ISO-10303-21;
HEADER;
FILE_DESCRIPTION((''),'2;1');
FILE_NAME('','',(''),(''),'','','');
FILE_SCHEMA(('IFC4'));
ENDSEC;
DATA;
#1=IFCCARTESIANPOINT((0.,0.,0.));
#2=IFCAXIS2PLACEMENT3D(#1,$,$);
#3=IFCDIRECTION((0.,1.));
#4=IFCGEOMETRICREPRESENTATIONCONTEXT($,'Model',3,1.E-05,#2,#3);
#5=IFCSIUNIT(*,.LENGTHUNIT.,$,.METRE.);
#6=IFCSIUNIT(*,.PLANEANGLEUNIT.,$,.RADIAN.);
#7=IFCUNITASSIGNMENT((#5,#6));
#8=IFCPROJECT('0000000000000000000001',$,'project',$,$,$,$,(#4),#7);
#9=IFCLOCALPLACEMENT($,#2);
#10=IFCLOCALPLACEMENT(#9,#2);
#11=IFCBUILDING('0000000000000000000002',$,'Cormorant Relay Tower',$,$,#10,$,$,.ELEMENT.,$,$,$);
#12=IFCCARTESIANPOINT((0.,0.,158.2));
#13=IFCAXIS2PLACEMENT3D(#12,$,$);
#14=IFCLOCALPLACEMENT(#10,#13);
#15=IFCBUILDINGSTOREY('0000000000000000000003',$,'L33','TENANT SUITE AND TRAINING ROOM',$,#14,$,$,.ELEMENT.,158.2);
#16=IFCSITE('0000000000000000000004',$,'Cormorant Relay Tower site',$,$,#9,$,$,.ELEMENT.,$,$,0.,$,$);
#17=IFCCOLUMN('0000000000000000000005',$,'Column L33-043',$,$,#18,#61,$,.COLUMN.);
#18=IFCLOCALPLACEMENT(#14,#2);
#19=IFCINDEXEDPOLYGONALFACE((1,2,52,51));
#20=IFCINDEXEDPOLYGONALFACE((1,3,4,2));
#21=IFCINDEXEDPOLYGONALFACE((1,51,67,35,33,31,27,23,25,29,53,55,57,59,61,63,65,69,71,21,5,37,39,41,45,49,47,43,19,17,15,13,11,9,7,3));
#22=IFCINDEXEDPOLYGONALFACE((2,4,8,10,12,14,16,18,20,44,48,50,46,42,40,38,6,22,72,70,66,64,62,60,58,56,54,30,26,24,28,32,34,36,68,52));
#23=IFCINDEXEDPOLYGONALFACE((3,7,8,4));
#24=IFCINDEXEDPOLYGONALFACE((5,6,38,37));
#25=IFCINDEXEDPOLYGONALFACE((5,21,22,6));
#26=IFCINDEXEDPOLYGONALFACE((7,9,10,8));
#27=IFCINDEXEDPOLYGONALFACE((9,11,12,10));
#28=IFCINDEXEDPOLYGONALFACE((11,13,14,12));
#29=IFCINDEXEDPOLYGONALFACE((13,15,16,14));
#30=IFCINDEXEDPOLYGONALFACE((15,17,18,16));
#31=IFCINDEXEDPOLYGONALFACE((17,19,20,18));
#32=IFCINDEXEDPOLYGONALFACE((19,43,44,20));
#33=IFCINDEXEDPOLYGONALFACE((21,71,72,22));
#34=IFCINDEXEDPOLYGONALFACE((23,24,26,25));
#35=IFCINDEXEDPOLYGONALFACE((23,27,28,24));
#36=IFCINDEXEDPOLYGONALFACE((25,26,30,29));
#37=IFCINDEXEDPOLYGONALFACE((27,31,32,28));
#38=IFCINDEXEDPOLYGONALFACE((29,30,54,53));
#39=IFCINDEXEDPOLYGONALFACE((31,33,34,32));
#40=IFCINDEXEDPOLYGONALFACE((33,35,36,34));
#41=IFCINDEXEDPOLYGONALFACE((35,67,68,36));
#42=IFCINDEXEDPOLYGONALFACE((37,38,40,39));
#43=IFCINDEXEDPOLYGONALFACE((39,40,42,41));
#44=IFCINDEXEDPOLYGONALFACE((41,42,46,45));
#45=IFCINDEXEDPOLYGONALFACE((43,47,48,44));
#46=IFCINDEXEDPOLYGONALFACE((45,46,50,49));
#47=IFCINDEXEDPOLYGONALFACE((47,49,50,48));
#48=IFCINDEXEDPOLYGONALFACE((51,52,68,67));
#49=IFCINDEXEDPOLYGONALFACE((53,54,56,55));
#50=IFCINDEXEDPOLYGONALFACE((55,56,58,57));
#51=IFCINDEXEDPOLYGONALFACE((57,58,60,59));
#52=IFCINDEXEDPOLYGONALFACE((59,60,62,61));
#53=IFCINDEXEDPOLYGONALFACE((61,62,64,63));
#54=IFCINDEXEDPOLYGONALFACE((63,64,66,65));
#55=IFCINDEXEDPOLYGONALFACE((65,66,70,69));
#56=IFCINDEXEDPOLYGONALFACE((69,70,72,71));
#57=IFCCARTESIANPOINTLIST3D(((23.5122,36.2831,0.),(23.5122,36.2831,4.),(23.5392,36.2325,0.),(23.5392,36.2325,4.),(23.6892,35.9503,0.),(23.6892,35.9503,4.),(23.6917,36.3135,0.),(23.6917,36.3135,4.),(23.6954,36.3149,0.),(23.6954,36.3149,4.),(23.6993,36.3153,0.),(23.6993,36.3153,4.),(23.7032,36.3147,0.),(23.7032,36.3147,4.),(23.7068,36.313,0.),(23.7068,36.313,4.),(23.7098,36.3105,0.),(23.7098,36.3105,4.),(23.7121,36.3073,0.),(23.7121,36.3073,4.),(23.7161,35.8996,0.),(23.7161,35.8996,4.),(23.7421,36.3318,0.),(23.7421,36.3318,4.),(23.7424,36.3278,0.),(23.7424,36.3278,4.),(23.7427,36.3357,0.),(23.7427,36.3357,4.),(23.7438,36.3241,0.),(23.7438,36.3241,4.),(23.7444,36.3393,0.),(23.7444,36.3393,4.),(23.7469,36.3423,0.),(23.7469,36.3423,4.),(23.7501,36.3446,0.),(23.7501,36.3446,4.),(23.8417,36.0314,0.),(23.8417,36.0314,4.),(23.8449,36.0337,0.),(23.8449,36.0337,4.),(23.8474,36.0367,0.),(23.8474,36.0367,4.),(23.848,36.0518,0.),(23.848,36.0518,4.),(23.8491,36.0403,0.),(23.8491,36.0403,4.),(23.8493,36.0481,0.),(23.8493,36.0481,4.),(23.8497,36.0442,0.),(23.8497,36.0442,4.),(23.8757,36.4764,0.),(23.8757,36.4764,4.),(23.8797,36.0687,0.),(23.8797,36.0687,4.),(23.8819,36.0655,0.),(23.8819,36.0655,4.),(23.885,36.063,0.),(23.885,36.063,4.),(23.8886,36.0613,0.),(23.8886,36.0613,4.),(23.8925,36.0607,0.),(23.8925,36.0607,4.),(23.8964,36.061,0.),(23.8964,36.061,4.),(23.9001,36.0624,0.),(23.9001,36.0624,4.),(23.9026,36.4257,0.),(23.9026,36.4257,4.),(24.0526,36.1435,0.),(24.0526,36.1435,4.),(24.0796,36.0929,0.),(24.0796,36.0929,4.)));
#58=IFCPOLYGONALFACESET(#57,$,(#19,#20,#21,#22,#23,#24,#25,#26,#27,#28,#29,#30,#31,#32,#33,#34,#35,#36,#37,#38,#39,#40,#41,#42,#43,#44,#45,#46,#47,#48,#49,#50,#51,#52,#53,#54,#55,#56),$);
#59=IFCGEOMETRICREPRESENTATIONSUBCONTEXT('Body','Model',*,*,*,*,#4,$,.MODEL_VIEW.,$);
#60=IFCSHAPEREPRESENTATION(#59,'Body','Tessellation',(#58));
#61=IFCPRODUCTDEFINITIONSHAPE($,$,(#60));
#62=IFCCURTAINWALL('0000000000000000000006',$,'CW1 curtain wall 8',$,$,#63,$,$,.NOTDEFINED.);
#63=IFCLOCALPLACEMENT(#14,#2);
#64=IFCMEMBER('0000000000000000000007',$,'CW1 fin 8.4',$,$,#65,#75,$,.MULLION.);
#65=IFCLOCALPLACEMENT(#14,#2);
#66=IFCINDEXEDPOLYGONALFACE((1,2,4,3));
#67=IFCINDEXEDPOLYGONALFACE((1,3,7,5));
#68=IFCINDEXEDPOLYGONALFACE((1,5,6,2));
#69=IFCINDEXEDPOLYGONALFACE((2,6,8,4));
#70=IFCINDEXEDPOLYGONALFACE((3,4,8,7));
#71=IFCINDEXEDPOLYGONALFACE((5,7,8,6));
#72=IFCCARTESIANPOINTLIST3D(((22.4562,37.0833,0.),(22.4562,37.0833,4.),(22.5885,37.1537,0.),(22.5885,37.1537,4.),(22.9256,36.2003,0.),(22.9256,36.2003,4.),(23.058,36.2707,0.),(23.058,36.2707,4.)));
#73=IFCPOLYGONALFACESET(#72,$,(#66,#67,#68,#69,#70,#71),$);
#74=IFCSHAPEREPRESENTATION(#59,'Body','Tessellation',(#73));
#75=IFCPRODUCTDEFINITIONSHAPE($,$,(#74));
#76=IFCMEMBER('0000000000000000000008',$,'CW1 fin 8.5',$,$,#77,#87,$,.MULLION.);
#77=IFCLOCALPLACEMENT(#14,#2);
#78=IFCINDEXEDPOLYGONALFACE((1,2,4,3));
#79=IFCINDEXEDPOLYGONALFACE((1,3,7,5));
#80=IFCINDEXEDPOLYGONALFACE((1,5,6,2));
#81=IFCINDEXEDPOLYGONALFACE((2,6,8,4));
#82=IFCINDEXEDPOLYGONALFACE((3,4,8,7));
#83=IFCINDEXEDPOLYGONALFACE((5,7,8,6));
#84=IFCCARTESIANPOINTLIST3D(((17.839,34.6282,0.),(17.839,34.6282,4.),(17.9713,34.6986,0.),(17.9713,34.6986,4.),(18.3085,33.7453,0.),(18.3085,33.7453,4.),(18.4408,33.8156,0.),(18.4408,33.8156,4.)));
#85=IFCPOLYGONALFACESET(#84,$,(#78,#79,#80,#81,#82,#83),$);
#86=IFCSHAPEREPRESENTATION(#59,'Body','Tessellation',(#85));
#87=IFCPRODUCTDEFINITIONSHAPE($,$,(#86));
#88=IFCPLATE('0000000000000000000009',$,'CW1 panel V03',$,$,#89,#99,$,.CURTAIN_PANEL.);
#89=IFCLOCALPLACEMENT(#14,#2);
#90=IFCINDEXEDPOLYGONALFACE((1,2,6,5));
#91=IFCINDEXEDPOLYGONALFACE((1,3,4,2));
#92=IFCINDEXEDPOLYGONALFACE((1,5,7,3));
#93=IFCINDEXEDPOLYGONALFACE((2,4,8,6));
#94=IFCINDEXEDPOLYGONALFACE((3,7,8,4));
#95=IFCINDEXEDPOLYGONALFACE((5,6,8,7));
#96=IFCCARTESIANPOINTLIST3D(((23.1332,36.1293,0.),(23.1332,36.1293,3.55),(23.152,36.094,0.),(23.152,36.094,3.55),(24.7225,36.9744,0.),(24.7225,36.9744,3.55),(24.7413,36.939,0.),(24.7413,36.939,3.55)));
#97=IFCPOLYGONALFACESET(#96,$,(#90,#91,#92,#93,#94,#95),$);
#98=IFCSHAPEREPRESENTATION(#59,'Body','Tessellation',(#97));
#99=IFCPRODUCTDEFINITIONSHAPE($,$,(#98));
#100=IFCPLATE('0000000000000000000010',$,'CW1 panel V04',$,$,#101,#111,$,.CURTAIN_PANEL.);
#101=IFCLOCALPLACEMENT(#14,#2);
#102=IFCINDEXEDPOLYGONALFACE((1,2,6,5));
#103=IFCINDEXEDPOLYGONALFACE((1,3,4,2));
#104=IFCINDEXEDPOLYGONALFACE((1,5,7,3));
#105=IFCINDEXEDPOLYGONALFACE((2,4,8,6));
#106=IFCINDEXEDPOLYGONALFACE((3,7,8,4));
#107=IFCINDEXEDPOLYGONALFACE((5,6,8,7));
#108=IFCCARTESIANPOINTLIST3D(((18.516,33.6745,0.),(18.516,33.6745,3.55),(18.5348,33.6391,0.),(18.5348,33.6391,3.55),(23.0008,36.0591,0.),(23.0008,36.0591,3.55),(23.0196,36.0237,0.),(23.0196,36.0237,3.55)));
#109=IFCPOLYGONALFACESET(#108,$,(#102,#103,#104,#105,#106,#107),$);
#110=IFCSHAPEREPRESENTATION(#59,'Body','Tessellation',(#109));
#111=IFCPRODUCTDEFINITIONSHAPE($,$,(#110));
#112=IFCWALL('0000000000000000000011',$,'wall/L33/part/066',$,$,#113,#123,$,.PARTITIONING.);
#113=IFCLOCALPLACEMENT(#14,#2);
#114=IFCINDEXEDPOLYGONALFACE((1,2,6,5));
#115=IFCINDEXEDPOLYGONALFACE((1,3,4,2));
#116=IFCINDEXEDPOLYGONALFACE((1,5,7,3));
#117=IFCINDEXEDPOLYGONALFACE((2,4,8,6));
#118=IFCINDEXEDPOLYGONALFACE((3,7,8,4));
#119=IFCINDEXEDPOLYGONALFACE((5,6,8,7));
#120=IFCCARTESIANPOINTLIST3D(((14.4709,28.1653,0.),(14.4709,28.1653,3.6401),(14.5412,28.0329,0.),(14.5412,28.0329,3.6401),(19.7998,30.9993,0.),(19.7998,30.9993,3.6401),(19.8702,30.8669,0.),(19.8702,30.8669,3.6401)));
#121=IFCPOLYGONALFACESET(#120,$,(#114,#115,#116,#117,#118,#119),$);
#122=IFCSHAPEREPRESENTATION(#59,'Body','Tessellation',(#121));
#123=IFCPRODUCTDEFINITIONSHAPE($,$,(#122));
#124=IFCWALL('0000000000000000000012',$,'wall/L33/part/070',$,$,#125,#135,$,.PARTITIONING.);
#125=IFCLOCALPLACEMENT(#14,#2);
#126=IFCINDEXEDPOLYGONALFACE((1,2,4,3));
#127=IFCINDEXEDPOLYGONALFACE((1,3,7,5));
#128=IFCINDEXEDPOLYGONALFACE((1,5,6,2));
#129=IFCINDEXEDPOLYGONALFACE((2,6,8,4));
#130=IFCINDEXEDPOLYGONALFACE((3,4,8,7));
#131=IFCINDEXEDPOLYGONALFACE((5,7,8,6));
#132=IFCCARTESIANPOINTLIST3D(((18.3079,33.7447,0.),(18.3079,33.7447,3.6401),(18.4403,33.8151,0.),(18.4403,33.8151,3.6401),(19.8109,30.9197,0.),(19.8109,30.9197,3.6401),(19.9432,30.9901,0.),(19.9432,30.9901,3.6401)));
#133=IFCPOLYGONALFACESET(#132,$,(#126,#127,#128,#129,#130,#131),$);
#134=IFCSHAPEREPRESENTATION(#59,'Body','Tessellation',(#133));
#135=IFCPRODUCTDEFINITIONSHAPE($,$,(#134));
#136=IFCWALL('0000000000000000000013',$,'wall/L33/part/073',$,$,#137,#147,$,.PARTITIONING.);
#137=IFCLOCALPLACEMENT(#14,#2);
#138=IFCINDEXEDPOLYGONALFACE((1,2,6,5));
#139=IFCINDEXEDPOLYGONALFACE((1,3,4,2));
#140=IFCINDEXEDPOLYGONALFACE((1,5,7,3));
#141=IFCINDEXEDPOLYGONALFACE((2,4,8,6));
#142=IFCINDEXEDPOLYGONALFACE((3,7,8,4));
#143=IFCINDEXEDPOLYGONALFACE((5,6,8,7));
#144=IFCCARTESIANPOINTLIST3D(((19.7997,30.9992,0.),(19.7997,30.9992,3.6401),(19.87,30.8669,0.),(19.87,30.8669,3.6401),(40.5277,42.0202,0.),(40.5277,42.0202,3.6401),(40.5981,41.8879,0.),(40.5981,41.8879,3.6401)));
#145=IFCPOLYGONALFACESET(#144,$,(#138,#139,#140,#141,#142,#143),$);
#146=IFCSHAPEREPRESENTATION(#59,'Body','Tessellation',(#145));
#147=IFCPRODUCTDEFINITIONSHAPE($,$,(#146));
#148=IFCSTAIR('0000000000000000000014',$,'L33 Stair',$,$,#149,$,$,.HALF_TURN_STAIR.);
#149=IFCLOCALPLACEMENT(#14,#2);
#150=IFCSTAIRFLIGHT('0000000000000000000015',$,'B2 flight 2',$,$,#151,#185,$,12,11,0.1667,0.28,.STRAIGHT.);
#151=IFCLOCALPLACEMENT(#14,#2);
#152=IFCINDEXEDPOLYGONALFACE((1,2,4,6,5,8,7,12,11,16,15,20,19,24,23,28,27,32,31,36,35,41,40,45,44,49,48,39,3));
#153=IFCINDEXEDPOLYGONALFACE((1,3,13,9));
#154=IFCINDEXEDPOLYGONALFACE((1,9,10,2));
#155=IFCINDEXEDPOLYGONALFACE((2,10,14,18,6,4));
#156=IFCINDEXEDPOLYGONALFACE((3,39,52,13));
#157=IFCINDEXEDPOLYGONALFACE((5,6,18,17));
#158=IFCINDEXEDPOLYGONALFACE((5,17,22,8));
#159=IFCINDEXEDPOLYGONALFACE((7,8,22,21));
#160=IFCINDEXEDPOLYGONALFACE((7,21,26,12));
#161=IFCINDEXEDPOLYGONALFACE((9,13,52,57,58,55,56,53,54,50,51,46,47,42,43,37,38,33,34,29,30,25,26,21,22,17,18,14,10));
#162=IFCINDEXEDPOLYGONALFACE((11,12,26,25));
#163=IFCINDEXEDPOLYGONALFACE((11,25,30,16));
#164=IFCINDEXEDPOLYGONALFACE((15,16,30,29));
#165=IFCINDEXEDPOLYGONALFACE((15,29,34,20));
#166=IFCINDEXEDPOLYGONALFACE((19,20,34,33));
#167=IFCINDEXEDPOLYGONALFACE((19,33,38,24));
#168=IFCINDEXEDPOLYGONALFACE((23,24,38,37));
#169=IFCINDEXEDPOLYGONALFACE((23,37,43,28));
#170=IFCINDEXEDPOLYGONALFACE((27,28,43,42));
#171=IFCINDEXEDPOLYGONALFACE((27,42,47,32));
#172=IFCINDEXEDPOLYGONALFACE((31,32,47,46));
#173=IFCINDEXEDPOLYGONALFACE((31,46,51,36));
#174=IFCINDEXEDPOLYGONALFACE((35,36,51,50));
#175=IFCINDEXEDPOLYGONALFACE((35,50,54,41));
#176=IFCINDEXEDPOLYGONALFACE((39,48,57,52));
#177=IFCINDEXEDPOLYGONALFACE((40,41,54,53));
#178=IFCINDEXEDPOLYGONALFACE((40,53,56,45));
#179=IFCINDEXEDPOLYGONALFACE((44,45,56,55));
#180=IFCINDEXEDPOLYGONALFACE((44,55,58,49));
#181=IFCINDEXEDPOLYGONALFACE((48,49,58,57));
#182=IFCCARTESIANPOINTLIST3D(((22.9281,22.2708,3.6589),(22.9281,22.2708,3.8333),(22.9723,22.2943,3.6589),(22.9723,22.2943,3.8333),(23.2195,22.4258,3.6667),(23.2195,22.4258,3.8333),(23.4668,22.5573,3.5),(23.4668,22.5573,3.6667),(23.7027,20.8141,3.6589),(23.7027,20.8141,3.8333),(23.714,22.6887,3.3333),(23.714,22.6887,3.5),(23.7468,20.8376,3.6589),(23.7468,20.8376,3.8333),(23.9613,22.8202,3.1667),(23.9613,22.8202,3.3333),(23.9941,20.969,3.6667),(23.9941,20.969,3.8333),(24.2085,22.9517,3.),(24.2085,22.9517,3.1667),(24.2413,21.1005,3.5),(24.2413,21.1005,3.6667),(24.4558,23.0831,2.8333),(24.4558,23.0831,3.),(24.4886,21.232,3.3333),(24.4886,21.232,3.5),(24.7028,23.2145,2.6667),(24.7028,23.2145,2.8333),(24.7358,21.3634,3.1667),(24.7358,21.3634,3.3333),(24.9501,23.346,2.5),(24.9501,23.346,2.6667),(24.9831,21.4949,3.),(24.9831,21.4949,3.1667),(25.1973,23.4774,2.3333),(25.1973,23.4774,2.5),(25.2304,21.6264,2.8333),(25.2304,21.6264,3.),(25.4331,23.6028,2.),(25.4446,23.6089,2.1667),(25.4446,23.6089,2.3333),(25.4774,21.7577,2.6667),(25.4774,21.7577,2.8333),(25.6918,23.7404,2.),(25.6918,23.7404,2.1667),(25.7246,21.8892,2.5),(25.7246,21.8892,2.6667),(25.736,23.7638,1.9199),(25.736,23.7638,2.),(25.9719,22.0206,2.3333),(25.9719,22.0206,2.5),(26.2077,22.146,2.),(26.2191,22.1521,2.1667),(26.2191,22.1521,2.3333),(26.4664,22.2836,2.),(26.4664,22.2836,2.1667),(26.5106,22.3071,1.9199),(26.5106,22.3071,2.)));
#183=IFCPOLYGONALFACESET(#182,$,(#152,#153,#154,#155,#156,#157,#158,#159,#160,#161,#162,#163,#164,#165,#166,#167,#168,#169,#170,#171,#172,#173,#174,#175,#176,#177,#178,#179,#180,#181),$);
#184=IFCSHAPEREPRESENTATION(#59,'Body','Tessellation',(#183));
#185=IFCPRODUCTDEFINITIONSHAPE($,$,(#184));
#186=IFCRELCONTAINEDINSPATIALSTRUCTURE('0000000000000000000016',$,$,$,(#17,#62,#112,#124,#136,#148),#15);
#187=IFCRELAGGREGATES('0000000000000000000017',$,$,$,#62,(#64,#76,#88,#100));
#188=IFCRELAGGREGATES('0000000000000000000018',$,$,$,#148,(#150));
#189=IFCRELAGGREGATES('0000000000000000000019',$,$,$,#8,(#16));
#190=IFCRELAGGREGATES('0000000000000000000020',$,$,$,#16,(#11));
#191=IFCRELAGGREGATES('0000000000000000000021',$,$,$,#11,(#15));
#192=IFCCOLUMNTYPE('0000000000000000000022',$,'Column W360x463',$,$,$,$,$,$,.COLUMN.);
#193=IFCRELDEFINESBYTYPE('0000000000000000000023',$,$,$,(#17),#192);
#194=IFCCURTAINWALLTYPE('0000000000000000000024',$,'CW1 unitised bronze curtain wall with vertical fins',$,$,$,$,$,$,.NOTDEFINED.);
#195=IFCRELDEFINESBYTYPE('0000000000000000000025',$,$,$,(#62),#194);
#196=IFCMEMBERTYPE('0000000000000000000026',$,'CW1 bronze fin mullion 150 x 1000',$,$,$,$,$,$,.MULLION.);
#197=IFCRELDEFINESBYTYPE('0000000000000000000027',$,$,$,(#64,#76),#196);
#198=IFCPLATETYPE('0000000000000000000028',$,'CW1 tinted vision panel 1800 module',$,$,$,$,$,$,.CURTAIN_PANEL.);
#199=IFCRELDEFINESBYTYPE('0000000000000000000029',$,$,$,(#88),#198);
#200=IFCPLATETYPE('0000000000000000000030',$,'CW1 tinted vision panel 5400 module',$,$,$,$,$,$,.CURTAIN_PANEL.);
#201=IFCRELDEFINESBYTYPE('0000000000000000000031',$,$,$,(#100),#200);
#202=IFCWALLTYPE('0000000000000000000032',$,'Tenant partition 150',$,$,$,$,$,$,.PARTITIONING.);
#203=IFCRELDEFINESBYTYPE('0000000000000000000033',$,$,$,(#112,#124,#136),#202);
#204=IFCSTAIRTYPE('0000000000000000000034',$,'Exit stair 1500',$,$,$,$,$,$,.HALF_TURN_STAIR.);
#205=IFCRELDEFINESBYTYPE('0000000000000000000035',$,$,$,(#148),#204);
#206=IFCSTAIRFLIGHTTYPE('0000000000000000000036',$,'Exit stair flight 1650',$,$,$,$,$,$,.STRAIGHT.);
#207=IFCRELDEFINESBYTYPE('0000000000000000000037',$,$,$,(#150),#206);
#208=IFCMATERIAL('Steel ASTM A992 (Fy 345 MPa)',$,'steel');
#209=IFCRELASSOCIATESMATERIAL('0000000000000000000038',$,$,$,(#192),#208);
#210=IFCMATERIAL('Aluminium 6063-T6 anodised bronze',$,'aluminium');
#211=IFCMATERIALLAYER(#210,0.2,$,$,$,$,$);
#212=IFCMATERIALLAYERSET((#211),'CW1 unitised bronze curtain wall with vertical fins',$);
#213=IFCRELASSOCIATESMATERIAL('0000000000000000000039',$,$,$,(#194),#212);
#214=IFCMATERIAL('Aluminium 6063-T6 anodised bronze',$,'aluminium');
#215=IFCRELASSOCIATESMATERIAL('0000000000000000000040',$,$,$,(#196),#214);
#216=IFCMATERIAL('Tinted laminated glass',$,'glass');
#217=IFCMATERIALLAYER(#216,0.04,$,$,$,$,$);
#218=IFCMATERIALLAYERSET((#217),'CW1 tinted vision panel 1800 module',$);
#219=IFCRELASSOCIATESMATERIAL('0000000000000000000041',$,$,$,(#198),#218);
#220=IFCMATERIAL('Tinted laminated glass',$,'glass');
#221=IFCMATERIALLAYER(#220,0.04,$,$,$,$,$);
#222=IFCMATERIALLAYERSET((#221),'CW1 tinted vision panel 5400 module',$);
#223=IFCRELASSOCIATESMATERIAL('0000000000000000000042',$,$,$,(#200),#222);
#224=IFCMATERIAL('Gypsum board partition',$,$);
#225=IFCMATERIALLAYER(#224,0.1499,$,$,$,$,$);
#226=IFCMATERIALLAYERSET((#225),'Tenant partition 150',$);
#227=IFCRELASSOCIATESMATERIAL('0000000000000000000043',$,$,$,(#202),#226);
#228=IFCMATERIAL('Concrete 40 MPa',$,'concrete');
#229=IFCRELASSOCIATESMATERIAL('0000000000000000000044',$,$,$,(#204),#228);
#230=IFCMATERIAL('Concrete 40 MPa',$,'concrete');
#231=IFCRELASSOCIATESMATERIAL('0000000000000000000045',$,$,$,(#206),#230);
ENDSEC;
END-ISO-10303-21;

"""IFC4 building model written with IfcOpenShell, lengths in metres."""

from ifc_helpers import new_model, si_unit, direction, frame, frame_2d, origin, origin_2d, place, context, subcontext, project, spatial, polyline, rectangle, i_section, outline, extrude, material, layer, layer_set, material_profile, profile_set, type_object, element, aggregate, save


model = new_model("IFC4")

# Units and contexts
model_context = context("Model", 3, precision=1e-05, world=origin(), true_north=direction((0.0, 1.0)))
body_context = subcontext(model_context, "Body", "Model", "MODEL_VIEW")
ifc_project = project(units=[si_unit("LENGTHUNIT", "METRE"), si_unit("PLANEANGLEUNIT", "RADIAN")], contexts=[model_context])

# Site, building, storey
site_placement = place(None, origin())
site = spatial("IfcSite", under=ifc_project, at=site_placement, Name="Cormorant Relay Tower site", CompositionType="ELEMENT", RefElevation=0.0)
building_placement = place(site_placement, origin())
building = spatial("IfcBuilding", under=site, at=building_placement, Name="Cormorant Relay Tower", CompositionType="ELEMENT")
storey_placement = place(building_placement, frame((0.0, 0.0, 158.2)))
storey = spatial("IfcBuildingStorey", under=building, at=storey_placement, Name="L33", Description="TENANT SUITE AND TRAINING ROOM", CompositionType="ELEMENT", Elevation=158.2)

# Column
ifc_material_1 = material(Name="Steel ASTM A992 (Fy 345 MPa)", Category="steel")
ifc_material_profile_1 = material_profile(ifc_material_1, i_section(OverallWidth=0.4116, OverallDepth=0.4343, WebThickness=0.0359, FlangeThickness=0.0574, FilletRadius=0.0151, at=origin_2d()), Name="W360x463")
ifc_profile_set_1 = profile_set([ifc_material_profile_1], Name="Steel ASTM A992 (Fy 345 MPa)")
column_type = type_object("IfcColumnType", Name="Column W360x463", PredefinedType="COLUMN", material=ifc_profile_set_1)
column_placement = place(storey_placement, frame((23.7959, 36.188, 0.0), z_axis=(0.0, 0.0, 1.0), x_axis=(-0.882948, -0.469472, 0.0)))
element("IfcColumn", 1, at=column_placement, inside=storey, type_object=column_type, Name="Column L33-043", PredefinedType="COLUMN", context=body_context, shape_type="SweptSolid", body=[
    extrude(i_section(OverallWidth=0.4116, OverallDepth=0.4343, WebThickness=0.0359, FlangeThickness=0.0574, FilletRadius=0.0151, at=origin_2d()), origin(), (0.0, 0.0, 1.0), 4.0),
])

# Curtain wall, members, plates
ifc_material_2 = material(Name="Aluminium 6063-T6 anodised bronze", Category="aluminium")
ifc_layer_1 = layer(ifc_material_2, 0.2)
ifc_layer_set_1 = layer_set([ifc_layer_1], Name="CW1 unitised bronze curtain wall with vertical fins")
curtain_wall_type = type_object("IfcCurtainWallType", Name="CW1 unitised bronze curtain wall with vertical fins", PredefinedType="NOTDEFINED", material=ifc_layer_set_1)
curtain_wall_placement = place(storey_placement, origin())
curtain_wall = element("IfcCurtainWall", 2, at=curtain_wall_placement, inside=storey, type_object=curtain_wall_type, Name="CW1 curtain wall 8", PredefinedType="NOTDEFINED")
ifc_material_3 = material(Name="Aluminium 6063-T6 anodised bronze", Category="aluminium")
ifc_material_profile_2 = material_profile(ifc_material_3, rectangle(XDim=0.1499, YDim=1.0, at=origin_2d()), Name="AL 150x1000")
ifc_profile_set_2 = profile_set([ifc_material_profile_2], Name="Aluminium 6063-T6 anodised bronze")
member_type = type_object("IfcMemberType", Name="CW1 bronze fin mullion 150 x 1000", PredefinedType="MULLION", material=ifc_profile_set_2)
member_1_placement = place(storey_placement, frame((22.7571, 36.677, 0.0), z_axis=(0.0, 0.0, 1.0), x_axis=(-0.882948, -0.469472, 0.0)))
member_1 = element("IfcMember", 3, at=member_1_placement, type_object=member_type, Name="CW1 fin 8.4", PredefinedType="MULLION", context=body_context, shape_type="SweptSolid", body=[
    extrude(rectangle(XDim=0.1499, YDim=1.0, at=origin_2d()), origin(), (0.0, 0.0, 1.0), 4.0),
])
member_2_placement = place(storey_placement, frame((18.1399, 34.2219, 0.0), z_axis=(0.0, 0.0, 1.0), x_axis=(-0.882948, -0.469472, 0.0)))
member_2 = element("IfcMember", 4, at=member_2_placement, type_object=member_type, Name="CW1 fin 8.5", PredefinedType="MULLION", context=body_context, shape_type="SweptSolid", body=[
    extrude(rectangle(XDim=0.1499, YDim=1.0, at=origin_2d()), origin(), (0.0, 0.0, 1.0), 4.0),
])
ifc_material_4 = material(Name="Tinted laminated glass", Category="glass")
ifc_layer_2 = layer(ifc_material_4, 0.04)
ifc_layer_set_2 = layer_set([ifc_layer_2], Name="CW1 tinted vision panel 1800 module")
plate_type_1 = type_object("IfcPlateType", Name="CW1 tinted vision panel 1800 module", PredefinedType="CURTAIN_PANEL", material=ifc_layer_set_2)
plate_1_placement = place(storey_placement, frame((23.9373, 36.5342, 0.0), z_axis=(0.0, 0.0, 1.0), x_axis=(-0.882948, -0.469472, 0.0)))
plate_1 = element("IfcPlate", 5, at=plate_1_placement, type_object=plate_type_1, Name="CW1 panel V03", PredefinedType="CURTAIN_PANEL", context=body_context, shape_type="SweptSolid", body=[
    extrude(rectangle(XDim=1.8, YDim=0.04, at=origin_2d()), origin(), (0.0, 0.0, 1.0), 3.55),
])
ifc_material_5 = material(Name="Tinted laminated glass", Category="glass")
ifc_layer_3 = layer(ifc_material_5, 0.04)
ifc_layer_set_3 = layer_set([ifc_layer_3], Name="CW1 tinted vision panel 5400 module")
plate_type_2 = type_object("IfcPlateType", Name="CW1 tinted vision panel 5400 module", PredefinedType="CURTAIN_PANEL", material=ifc_layer_set_3)
plate_2_placement = place(storey_placement, frame((20.7678, 34.8491, 0.0), z_axis=(0.0, 0.0, 1.0), x_axis=(-0.882948, -0.469472, 0.0)))
plate_2 = element("IfcPlate", 6, at=plate_2_placement, type_object=plate_type_2, Name="CW1 panel V04", PredefinedType="CURTAIN_PANEL", context=body_context, shape_type="SweptSolid", body=[
    extrude(rectangle(XDim=5.0793, YDim=0.04, at=origin_2d()), origin(), (0.0, 0.0, 1.0), 3.55),
])
aggregate(curtain_wall, [member_1, member_2, plate_1, plate_2])

# Walls
ifc_material_6 = material(Name="Gypsum board partition")
ifc_layer_4 = layer(ifc_material_6, 0.1499)
ifc_layer_set_4 = layer_set([ifc_layer_4], Name="Tenant partition 150")
wall_type = type_object("IfcWallType", Name="Tenant partition 150", PredefinedType="PARTITIONING", material=ifc_layer_set_4)
wall_1_placement = place(storey_placement, frame((19.835, 30.9331, 0.0), z_axis=(0.0, 0.0, 1.0), x_axis=(-0.882908, -0.469547, 0.0)))
element("IfcWall", 7, at=wall_1_placement, inside=storey, type_object=wall_type, Name="wall/L33/part/066", PredefinedType="PARTITIONING", context=body_context, shape_type="SweptSolid", body=[
    extrude(rectangle(XDim=6.0356, YDim=0.1499, at=frame_2d((3.0178, 0.0))), origin(), (0.0, 0.0, 1.0), 3.6401),
])
wall_2_placement = place(storey_placement, frame((18.374, 33.78, 0.0), z_axis=(0.0, 0.0, 1.0), x_axis=(0.469685, -0.882834, 0.0)))
element("IfcWall", 8, at=wall_2_placement, inside=storey, type_object=wall_type, Name="wall/L33/part/070", PredefinedType="PARTITIONING", context=body_context, shape_type="SweptSolid", body=[
    extrude(rectangle(XDim=3.2, YDim=0.1499, at=frame_2d((1.6001, 0.0))), origin(), (0.0, 0.0, 1.0), 3.6401),
])
wall_3_placement = place(storey_placement, frame((19.835, 30.9331, 0.0), z_axis=(0.0, 0.0, 1.0), x_axis=(0.882953, 0.469462, 0.0)))
element("IfcWall", 9, at=wall_3_placement, inside=storey, type_object=wall_type, Name="wall/L33/part/073", PredefinedType="PARTITIONING", context=body_context, shape_type="SweptSolid", body=[
    extrude(rectangle(XDim=23.4758, YDim=0.1499, at=frame_2d((11.7378, 0.0))), origin(), (0.0, 0.0, 1.0), 3.6401),
])

# Stair, stair flight
ifc_material_7 = material(Name="Concrete 40 MPa", Category="concrete")
stair_type = type_object("IfcStairType", Name="Exit stair 1500", PredefinedType="HALF_TURN_STAIR", material=ifc_material_7)
stair_placement = place(storey_placement, origin())
stair = element("IfcStair", 10, at=stair_placement, inside=storey, type_object=stair_type, Name="L33 Stair", PredefinedType="HALF_TURN_STAIR")
ifc_material_8 = material(Name="Concrete 40 MPa", Category="concrete")
stair_flight_type = type_object("IfcStairFlightType", Name="Exit stair flight 1650", PredefinedType="STRAIGHT", material=ifc_material_8)
stair_flight_placement = place(storey_placement, frame((26.0791, 23.012, 2.0), z_axis=(0.0, 0.0, 1.0), x_axis=(-0.882948, -0.469472, 0.0)))
stair_flight = element("IfcStairFlight", 11, at=stair_flight_placement, type_object=stair_flight_type, Name="B2 flight 2", NumberOfRisers=12, NumberOfTreads=11, PredefinedType="STRAIGHT", RiserHeight=0.1667, TreadLength=0.28, context=body_context, shape_type="SweptSolid", body=[
    extrude(outline(polyline([(-0.05, -0.0801), (-0.05, 0.0), (0.0, 0.0), (0.0, 0.1667), (0.28, 0.1667), (0.28, 0.3333), (0.5601, 0.3333), (0.5601, 0.5), (0.8401, 0.5), (0.8401, 0.6667), (1.1201, 0.6667), (1.1201, 0.8333), (1.3999, 0.8333), (1.3999, 1.0), (1.6799, 1.0), (1.6799, 1.1667), (1.96, 1.1667), (1.96, 1.3333), (2.24, 1.3333), (2.24, 1.5), (2.52, 1.5), (2.52, 1.6667), (2.8, 1.6667), (2.8, 1.8333), (3.0801, 1.8333), (3.1301, 1.8333), (3.1301, 1.6589), (3.0801, 1.6589), (0.293, 0.0), (-0.05, -0.0801)])), frame((0.0, 0.825, 0.0), z_axis=(0.0, -1.0, 0.0), x_axis=(1.0, 0.0, 0.0)), (0.0, 0.0, 1.0), 1.6499),
])
aggregate(stair, [stair_flight])

save(model, "model.ifc")
